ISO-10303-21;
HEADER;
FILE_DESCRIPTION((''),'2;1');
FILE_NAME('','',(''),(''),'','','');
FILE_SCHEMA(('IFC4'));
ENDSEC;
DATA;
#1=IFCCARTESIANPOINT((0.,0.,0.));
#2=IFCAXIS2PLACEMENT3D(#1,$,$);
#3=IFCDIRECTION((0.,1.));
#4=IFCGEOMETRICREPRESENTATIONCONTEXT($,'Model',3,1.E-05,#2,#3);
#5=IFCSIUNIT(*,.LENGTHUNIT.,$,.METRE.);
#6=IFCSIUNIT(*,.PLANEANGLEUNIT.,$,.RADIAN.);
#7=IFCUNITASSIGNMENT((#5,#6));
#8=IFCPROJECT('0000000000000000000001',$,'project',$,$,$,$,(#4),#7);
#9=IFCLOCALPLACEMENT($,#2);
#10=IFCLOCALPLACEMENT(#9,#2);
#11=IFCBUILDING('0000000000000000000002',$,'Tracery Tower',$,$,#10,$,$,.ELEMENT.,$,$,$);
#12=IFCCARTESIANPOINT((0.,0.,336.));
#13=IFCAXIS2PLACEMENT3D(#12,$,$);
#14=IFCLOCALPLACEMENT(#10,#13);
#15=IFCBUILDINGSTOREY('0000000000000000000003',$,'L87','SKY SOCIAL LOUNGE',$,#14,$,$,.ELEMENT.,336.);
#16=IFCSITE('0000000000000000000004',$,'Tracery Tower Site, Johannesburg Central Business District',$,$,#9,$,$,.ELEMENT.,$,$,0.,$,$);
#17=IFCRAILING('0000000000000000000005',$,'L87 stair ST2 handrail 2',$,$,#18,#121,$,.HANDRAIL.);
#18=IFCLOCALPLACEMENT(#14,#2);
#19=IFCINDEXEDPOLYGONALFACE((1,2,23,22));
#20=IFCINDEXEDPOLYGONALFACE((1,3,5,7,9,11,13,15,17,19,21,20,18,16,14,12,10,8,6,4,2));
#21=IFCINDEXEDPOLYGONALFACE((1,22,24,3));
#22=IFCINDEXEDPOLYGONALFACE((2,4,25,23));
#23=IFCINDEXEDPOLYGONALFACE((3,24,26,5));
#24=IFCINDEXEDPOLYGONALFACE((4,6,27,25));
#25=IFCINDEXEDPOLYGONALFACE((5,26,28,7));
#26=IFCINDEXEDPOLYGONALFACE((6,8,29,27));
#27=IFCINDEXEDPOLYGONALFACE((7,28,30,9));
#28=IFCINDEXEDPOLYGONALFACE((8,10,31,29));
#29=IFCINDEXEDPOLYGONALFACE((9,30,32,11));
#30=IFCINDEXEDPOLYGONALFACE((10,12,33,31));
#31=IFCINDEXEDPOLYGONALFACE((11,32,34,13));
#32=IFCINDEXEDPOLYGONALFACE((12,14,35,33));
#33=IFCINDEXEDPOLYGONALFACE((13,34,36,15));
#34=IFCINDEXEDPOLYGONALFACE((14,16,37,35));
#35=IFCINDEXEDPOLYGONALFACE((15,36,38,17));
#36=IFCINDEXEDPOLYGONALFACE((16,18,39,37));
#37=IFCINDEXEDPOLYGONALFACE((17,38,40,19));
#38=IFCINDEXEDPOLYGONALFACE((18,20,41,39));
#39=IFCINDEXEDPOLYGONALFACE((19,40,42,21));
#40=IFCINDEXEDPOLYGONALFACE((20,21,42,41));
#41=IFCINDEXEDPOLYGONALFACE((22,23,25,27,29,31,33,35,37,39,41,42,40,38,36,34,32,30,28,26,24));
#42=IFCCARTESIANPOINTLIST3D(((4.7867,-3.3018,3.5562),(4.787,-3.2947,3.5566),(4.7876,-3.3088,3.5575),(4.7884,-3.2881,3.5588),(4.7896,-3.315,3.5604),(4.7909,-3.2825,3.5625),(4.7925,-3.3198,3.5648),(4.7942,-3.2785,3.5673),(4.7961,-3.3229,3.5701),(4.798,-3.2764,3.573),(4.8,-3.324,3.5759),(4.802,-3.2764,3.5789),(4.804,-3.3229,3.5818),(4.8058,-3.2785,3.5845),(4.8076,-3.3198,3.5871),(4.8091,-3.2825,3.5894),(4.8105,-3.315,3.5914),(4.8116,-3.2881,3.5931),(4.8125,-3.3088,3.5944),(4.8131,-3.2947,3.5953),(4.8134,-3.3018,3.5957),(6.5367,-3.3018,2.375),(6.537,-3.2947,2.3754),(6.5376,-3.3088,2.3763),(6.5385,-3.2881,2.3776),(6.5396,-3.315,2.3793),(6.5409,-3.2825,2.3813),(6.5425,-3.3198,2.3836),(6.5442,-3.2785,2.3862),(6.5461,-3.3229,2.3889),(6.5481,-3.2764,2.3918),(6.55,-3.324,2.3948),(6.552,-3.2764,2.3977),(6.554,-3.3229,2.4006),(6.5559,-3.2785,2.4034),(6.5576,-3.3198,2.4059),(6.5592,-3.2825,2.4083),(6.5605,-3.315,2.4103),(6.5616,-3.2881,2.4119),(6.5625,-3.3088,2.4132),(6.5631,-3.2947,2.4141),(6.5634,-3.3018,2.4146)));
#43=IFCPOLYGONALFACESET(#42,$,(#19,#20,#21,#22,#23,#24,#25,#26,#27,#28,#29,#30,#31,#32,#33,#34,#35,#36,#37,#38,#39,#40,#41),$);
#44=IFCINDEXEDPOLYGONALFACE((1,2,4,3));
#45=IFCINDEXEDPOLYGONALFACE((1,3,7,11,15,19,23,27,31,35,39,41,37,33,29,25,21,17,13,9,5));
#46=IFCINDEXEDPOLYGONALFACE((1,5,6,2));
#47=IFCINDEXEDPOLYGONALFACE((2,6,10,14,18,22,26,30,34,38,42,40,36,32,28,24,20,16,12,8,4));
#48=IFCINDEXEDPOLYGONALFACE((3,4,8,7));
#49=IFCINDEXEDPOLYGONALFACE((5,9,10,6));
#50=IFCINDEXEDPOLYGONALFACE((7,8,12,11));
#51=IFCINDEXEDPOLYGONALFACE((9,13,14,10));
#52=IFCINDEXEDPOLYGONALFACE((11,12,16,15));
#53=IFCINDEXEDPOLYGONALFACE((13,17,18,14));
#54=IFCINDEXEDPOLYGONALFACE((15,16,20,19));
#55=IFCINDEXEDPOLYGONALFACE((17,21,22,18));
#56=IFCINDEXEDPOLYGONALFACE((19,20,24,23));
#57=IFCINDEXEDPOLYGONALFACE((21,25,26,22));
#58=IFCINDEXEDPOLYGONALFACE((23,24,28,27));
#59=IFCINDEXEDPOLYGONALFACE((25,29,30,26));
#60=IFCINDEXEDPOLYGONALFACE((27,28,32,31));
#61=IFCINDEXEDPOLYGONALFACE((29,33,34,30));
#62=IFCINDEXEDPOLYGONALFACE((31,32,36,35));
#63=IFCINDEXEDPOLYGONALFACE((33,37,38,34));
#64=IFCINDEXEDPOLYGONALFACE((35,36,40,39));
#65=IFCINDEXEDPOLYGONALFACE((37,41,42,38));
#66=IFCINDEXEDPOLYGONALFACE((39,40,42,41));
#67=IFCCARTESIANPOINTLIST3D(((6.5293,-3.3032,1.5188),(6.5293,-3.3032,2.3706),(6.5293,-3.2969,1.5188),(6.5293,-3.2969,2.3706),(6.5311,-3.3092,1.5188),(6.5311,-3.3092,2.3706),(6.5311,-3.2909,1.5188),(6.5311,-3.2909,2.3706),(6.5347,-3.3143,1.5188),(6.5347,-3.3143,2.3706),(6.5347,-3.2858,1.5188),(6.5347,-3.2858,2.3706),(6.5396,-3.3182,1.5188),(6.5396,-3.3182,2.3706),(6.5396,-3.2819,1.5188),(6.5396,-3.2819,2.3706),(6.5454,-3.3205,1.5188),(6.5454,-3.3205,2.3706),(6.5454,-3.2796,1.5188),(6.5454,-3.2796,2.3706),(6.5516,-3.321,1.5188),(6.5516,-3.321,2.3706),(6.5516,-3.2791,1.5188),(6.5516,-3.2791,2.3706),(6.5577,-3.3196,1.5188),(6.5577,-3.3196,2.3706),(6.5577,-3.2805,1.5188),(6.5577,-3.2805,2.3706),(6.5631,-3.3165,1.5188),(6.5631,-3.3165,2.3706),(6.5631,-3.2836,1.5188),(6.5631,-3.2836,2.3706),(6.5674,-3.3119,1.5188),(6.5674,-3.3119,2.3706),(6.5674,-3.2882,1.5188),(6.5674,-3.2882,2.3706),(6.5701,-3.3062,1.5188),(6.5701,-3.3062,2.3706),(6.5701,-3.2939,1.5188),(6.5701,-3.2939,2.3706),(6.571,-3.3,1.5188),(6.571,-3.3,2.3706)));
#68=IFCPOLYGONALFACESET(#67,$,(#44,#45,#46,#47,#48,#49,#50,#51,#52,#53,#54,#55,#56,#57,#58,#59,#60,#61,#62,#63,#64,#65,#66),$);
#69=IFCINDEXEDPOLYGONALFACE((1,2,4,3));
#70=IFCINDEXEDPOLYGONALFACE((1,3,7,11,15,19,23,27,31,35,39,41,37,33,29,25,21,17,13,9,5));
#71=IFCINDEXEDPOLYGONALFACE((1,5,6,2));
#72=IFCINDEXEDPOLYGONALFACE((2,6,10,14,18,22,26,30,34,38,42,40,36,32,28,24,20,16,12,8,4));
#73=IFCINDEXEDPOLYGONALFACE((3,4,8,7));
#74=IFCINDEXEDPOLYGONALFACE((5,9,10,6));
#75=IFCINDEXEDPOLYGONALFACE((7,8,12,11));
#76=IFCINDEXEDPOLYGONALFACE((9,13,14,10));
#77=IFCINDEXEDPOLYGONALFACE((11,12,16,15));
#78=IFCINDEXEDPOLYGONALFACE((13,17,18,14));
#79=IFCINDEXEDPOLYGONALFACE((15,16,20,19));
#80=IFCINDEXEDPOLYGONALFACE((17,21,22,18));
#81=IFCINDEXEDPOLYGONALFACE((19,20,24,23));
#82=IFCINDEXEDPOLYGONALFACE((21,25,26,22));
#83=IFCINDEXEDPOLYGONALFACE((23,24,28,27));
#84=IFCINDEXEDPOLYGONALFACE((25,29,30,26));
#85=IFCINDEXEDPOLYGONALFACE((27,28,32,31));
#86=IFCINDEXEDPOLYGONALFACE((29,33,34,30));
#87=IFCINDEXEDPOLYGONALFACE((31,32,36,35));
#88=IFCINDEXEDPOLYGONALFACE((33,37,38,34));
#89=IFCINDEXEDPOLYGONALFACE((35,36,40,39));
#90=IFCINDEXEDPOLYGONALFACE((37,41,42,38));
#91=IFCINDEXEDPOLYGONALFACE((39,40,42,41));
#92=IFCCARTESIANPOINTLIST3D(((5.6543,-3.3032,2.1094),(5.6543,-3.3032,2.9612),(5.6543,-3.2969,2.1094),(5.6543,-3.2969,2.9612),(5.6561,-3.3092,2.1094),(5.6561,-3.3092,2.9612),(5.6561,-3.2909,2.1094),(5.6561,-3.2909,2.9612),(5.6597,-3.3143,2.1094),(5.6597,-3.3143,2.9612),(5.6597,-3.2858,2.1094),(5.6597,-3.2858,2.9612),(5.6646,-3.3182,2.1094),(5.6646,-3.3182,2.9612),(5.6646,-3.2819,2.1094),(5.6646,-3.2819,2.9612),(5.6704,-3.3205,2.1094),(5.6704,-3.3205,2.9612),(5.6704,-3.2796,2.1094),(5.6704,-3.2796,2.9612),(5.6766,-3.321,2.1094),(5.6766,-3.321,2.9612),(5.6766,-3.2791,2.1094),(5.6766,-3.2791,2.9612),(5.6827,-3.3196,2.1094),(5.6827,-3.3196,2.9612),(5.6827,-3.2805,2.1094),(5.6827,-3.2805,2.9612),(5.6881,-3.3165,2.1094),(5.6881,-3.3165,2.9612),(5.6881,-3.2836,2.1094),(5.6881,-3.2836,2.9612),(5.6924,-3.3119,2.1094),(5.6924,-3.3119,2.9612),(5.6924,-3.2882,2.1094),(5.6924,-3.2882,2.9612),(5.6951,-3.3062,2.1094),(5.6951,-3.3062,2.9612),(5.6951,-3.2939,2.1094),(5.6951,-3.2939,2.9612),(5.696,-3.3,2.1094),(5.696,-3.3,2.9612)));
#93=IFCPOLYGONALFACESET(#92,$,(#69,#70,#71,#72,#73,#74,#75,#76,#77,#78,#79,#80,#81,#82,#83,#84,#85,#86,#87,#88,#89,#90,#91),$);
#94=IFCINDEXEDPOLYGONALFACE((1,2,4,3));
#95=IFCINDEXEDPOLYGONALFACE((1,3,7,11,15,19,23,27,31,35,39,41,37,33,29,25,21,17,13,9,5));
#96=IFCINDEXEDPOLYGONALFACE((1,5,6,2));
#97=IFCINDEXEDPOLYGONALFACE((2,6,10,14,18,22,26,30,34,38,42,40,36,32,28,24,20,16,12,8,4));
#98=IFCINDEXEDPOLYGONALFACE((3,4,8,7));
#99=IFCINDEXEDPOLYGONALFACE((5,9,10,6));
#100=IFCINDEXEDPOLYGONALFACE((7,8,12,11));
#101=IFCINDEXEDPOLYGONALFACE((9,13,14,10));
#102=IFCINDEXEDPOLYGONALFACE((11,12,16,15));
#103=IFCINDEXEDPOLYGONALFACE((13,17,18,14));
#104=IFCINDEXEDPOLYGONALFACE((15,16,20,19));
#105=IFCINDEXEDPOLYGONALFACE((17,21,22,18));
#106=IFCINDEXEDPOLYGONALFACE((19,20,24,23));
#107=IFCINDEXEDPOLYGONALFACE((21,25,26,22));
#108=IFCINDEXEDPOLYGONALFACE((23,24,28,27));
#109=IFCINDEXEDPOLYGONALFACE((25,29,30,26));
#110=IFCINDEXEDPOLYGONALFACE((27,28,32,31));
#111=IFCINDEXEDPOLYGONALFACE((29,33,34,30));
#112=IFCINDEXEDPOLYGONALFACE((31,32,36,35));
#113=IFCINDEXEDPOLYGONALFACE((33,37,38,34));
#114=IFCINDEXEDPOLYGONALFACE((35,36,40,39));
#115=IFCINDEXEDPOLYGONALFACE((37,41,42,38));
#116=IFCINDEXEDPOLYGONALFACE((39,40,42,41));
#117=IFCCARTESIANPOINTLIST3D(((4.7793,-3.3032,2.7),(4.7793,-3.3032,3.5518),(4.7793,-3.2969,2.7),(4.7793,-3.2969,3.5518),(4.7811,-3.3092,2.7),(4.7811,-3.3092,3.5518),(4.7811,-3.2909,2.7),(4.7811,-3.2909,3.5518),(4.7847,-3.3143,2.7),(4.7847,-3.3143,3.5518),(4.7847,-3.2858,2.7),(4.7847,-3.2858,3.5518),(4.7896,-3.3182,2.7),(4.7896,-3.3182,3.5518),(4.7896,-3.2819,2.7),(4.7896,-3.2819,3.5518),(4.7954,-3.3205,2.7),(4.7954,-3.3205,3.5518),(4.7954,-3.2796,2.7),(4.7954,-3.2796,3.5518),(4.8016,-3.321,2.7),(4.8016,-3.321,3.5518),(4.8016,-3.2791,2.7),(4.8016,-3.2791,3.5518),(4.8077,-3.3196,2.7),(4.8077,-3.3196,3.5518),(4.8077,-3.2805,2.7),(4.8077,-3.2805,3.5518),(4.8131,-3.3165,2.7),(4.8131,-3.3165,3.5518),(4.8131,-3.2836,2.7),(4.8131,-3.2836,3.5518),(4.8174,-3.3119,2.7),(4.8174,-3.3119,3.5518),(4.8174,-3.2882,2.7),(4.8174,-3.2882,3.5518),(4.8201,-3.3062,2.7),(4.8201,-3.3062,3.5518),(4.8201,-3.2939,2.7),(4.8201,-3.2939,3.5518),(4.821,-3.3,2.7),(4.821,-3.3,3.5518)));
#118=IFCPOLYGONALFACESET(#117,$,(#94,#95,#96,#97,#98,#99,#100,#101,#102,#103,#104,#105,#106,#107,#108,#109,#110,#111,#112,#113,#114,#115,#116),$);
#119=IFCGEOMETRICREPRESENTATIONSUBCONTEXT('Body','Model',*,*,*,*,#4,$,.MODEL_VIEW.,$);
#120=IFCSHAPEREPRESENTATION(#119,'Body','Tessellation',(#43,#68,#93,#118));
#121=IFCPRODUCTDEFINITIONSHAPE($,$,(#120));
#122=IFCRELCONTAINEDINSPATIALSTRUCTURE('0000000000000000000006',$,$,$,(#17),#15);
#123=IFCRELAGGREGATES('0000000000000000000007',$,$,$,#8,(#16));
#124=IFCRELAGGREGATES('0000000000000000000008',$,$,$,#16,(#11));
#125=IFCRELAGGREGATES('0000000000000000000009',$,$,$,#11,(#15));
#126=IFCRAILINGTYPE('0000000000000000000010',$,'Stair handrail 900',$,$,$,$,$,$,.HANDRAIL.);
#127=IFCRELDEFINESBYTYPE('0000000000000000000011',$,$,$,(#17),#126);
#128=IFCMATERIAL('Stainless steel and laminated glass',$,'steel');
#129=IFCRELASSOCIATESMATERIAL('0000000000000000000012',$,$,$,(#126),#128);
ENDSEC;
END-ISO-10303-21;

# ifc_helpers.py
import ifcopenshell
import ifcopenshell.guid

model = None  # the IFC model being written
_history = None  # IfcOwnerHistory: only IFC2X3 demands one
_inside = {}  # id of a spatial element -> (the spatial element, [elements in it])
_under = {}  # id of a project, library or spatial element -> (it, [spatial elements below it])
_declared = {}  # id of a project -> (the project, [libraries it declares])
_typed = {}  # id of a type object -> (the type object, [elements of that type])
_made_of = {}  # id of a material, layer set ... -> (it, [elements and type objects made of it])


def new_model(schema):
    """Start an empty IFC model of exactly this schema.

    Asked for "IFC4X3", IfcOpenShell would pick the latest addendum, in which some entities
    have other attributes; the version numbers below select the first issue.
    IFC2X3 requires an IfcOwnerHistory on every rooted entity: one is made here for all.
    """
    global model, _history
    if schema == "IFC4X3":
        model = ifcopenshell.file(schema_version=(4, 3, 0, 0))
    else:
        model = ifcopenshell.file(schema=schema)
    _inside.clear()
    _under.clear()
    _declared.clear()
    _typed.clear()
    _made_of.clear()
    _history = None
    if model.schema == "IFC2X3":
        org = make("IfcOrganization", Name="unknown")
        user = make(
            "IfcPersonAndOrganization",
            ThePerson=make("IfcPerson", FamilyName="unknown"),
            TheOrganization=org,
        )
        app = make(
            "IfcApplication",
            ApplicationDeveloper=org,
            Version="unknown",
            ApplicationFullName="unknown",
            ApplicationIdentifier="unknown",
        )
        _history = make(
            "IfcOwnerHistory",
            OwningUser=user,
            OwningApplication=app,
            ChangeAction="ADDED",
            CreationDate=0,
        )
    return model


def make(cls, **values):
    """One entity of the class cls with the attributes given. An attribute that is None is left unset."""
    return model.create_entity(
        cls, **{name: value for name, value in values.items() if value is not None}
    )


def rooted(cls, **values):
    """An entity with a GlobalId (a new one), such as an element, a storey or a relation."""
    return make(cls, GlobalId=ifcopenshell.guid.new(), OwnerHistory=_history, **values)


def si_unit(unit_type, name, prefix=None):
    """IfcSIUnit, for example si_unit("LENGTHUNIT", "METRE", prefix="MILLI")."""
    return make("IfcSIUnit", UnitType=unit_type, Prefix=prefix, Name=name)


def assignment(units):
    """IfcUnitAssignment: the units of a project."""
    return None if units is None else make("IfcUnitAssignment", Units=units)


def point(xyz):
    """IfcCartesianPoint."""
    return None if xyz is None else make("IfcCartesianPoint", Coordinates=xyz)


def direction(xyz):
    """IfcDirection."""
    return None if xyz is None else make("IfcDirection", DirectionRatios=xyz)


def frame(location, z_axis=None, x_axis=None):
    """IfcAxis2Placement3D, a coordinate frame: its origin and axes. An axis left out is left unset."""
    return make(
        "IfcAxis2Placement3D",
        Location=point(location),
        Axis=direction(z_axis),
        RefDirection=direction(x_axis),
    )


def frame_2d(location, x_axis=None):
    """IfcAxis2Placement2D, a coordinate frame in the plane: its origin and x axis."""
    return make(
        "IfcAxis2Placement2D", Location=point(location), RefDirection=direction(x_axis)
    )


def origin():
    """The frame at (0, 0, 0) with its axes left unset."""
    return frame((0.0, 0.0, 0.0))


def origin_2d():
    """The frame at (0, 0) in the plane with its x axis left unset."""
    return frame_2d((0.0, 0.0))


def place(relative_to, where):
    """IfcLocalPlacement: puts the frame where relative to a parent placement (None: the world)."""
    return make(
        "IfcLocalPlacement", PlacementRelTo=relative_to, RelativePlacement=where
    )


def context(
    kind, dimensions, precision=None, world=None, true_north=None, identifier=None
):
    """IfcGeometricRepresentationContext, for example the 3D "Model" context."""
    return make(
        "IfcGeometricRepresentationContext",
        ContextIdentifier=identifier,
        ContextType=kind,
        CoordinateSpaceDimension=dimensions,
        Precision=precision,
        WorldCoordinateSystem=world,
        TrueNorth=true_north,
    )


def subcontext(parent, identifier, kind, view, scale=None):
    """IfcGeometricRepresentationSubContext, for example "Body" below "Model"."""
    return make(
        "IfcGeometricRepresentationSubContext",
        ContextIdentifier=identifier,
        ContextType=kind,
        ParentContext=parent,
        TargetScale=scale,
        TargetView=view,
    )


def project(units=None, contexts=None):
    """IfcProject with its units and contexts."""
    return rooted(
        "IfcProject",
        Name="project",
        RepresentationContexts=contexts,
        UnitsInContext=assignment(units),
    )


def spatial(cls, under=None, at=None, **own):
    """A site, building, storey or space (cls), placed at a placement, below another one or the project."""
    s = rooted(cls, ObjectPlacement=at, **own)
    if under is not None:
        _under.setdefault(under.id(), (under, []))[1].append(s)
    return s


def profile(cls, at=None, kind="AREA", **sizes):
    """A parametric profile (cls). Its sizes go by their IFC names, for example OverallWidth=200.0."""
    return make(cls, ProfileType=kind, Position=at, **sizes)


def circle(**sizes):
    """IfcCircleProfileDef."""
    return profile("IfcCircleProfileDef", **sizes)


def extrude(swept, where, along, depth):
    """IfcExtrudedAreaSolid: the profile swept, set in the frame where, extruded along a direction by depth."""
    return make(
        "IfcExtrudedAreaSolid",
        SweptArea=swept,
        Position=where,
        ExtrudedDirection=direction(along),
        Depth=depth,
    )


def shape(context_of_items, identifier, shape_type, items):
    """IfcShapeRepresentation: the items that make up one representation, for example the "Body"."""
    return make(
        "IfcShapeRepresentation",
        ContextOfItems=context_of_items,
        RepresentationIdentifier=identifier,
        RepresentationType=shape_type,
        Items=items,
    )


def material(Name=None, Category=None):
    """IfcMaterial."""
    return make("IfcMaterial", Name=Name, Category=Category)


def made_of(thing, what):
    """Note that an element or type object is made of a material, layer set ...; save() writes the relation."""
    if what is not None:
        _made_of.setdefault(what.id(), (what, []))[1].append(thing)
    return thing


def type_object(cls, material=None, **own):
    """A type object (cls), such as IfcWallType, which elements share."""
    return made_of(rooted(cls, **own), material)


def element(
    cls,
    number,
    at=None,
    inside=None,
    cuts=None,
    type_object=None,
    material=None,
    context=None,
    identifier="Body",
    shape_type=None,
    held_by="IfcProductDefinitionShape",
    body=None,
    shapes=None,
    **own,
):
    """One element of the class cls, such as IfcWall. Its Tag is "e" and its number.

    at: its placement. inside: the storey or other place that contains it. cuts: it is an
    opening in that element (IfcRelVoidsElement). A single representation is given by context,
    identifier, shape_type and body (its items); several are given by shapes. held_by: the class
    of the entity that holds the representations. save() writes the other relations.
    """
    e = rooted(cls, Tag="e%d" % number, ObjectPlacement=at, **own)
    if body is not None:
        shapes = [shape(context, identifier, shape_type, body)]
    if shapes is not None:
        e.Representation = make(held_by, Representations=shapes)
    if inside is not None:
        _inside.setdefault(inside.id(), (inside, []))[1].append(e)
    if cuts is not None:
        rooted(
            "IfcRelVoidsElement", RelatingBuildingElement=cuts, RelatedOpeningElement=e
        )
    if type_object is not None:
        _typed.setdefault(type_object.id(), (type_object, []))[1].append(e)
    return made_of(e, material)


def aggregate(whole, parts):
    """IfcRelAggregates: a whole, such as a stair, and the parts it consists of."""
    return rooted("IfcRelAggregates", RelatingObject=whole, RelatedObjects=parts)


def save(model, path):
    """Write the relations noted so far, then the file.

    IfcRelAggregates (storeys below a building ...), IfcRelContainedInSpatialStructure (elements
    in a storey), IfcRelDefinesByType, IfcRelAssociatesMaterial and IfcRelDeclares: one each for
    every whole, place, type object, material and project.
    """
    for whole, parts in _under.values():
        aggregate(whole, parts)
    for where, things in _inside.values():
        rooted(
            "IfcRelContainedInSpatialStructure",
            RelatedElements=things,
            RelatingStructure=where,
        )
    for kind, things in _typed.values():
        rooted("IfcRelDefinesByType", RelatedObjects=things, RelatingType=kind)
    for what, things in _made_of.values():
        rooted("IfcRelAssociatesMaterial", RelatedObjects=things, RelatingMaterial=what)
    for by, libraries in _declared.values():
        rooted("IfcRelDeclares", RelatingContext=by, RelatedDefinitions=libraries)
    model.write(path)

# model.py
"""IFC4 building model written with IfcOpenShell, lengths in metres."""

from ifc_helpers import new_model, si_unit, direction, frame, origin, origin_2d, place, context, subcontext, project, spatial, circle, extrude, material, type_object, element, save


model = new_model("IFC4")

# Units and contexts
model_context = context("Model", 3, precision=1e-05, world=origin(), true_north=direction((0.0, 1.0)))
body_context = subcontext(model_context, "Body", "Model", "MODEL_VIEW")
ifc_project = project(units=[si_unit("LENGTHUNIT", "METRE"), si_unit("PLANEANGLEUNIT", "RADIAN")], contexts=[model_context])

# Site, building, storey
site_placement = place(None, origin())
site = spatial("IfcSite", under=ifc_project, at=site_placement, Name="Tracery Tower Site, Johannesburg Central Business District", CompositionType="ELEMENT", RefElevation=0.0)
building_placement = place(site_placement, origin())
building = spatial("IfcBuilding", under=site, at=building_placement, Name="Tracery Tower", CompositionType="ELEMENT")
storey_placement = place(building_placement, frame((0.0, 0.0, 336.0)))
storey = spatial("IfcBuildingStorey", under=building, at=storey_placement, Name="L87", Description="SKY SOCIAL LOUNGE", CompositionType="ELEMENT", Elevation=336.0)

# Railing
ifc_material_1 = material(Name="Stainless steel and laminated glass", Category="steel")
railing_type_1 = type_object("IfcRailingType", Name="Stair handrail 900", PredefinedType="HANDRAIL", material=ifc_material_1)
railing_1_placement = place(storey_placement, frame((6.55, -3.3, 1.5188)))
element("IfcRailing", 1, at=railing_1_placement, inside=storey, type_object=railing_type_1, Name="L87 stair ST2 handrail 2", PredefinedType="HANDRAIL", context=body_context, shape_type="SweptSolid", body=[
    extrude(circle(Radius=0.0239, at=origin_2d()), frame((0.0, 0.0, 0.876), z_axis=(-0.82887, 0.0, 0.559441), x_axis=(0.0, -1.0, 0.0)), (0.0, 0.0, 1.0), 2.1113),
    extrude(circle(Radius=0.021, at=origin_2d()), origin(), (0.0, 0.0, 1.0), 0.8518),
    extrude(circle(Radius=0.021, at=origin_2d()), frame((-0.875, 0.0, 0.5906)), (0.0, 0.0, 1.0), 0.8518),
    extrude(circle(Radius=0.021, at=origin_2d()), frame((-1.75, 0.0, 1.1812)), (0.0, 0.0, 1.0), 0.8518),
])

save(model, "model.ifc")
